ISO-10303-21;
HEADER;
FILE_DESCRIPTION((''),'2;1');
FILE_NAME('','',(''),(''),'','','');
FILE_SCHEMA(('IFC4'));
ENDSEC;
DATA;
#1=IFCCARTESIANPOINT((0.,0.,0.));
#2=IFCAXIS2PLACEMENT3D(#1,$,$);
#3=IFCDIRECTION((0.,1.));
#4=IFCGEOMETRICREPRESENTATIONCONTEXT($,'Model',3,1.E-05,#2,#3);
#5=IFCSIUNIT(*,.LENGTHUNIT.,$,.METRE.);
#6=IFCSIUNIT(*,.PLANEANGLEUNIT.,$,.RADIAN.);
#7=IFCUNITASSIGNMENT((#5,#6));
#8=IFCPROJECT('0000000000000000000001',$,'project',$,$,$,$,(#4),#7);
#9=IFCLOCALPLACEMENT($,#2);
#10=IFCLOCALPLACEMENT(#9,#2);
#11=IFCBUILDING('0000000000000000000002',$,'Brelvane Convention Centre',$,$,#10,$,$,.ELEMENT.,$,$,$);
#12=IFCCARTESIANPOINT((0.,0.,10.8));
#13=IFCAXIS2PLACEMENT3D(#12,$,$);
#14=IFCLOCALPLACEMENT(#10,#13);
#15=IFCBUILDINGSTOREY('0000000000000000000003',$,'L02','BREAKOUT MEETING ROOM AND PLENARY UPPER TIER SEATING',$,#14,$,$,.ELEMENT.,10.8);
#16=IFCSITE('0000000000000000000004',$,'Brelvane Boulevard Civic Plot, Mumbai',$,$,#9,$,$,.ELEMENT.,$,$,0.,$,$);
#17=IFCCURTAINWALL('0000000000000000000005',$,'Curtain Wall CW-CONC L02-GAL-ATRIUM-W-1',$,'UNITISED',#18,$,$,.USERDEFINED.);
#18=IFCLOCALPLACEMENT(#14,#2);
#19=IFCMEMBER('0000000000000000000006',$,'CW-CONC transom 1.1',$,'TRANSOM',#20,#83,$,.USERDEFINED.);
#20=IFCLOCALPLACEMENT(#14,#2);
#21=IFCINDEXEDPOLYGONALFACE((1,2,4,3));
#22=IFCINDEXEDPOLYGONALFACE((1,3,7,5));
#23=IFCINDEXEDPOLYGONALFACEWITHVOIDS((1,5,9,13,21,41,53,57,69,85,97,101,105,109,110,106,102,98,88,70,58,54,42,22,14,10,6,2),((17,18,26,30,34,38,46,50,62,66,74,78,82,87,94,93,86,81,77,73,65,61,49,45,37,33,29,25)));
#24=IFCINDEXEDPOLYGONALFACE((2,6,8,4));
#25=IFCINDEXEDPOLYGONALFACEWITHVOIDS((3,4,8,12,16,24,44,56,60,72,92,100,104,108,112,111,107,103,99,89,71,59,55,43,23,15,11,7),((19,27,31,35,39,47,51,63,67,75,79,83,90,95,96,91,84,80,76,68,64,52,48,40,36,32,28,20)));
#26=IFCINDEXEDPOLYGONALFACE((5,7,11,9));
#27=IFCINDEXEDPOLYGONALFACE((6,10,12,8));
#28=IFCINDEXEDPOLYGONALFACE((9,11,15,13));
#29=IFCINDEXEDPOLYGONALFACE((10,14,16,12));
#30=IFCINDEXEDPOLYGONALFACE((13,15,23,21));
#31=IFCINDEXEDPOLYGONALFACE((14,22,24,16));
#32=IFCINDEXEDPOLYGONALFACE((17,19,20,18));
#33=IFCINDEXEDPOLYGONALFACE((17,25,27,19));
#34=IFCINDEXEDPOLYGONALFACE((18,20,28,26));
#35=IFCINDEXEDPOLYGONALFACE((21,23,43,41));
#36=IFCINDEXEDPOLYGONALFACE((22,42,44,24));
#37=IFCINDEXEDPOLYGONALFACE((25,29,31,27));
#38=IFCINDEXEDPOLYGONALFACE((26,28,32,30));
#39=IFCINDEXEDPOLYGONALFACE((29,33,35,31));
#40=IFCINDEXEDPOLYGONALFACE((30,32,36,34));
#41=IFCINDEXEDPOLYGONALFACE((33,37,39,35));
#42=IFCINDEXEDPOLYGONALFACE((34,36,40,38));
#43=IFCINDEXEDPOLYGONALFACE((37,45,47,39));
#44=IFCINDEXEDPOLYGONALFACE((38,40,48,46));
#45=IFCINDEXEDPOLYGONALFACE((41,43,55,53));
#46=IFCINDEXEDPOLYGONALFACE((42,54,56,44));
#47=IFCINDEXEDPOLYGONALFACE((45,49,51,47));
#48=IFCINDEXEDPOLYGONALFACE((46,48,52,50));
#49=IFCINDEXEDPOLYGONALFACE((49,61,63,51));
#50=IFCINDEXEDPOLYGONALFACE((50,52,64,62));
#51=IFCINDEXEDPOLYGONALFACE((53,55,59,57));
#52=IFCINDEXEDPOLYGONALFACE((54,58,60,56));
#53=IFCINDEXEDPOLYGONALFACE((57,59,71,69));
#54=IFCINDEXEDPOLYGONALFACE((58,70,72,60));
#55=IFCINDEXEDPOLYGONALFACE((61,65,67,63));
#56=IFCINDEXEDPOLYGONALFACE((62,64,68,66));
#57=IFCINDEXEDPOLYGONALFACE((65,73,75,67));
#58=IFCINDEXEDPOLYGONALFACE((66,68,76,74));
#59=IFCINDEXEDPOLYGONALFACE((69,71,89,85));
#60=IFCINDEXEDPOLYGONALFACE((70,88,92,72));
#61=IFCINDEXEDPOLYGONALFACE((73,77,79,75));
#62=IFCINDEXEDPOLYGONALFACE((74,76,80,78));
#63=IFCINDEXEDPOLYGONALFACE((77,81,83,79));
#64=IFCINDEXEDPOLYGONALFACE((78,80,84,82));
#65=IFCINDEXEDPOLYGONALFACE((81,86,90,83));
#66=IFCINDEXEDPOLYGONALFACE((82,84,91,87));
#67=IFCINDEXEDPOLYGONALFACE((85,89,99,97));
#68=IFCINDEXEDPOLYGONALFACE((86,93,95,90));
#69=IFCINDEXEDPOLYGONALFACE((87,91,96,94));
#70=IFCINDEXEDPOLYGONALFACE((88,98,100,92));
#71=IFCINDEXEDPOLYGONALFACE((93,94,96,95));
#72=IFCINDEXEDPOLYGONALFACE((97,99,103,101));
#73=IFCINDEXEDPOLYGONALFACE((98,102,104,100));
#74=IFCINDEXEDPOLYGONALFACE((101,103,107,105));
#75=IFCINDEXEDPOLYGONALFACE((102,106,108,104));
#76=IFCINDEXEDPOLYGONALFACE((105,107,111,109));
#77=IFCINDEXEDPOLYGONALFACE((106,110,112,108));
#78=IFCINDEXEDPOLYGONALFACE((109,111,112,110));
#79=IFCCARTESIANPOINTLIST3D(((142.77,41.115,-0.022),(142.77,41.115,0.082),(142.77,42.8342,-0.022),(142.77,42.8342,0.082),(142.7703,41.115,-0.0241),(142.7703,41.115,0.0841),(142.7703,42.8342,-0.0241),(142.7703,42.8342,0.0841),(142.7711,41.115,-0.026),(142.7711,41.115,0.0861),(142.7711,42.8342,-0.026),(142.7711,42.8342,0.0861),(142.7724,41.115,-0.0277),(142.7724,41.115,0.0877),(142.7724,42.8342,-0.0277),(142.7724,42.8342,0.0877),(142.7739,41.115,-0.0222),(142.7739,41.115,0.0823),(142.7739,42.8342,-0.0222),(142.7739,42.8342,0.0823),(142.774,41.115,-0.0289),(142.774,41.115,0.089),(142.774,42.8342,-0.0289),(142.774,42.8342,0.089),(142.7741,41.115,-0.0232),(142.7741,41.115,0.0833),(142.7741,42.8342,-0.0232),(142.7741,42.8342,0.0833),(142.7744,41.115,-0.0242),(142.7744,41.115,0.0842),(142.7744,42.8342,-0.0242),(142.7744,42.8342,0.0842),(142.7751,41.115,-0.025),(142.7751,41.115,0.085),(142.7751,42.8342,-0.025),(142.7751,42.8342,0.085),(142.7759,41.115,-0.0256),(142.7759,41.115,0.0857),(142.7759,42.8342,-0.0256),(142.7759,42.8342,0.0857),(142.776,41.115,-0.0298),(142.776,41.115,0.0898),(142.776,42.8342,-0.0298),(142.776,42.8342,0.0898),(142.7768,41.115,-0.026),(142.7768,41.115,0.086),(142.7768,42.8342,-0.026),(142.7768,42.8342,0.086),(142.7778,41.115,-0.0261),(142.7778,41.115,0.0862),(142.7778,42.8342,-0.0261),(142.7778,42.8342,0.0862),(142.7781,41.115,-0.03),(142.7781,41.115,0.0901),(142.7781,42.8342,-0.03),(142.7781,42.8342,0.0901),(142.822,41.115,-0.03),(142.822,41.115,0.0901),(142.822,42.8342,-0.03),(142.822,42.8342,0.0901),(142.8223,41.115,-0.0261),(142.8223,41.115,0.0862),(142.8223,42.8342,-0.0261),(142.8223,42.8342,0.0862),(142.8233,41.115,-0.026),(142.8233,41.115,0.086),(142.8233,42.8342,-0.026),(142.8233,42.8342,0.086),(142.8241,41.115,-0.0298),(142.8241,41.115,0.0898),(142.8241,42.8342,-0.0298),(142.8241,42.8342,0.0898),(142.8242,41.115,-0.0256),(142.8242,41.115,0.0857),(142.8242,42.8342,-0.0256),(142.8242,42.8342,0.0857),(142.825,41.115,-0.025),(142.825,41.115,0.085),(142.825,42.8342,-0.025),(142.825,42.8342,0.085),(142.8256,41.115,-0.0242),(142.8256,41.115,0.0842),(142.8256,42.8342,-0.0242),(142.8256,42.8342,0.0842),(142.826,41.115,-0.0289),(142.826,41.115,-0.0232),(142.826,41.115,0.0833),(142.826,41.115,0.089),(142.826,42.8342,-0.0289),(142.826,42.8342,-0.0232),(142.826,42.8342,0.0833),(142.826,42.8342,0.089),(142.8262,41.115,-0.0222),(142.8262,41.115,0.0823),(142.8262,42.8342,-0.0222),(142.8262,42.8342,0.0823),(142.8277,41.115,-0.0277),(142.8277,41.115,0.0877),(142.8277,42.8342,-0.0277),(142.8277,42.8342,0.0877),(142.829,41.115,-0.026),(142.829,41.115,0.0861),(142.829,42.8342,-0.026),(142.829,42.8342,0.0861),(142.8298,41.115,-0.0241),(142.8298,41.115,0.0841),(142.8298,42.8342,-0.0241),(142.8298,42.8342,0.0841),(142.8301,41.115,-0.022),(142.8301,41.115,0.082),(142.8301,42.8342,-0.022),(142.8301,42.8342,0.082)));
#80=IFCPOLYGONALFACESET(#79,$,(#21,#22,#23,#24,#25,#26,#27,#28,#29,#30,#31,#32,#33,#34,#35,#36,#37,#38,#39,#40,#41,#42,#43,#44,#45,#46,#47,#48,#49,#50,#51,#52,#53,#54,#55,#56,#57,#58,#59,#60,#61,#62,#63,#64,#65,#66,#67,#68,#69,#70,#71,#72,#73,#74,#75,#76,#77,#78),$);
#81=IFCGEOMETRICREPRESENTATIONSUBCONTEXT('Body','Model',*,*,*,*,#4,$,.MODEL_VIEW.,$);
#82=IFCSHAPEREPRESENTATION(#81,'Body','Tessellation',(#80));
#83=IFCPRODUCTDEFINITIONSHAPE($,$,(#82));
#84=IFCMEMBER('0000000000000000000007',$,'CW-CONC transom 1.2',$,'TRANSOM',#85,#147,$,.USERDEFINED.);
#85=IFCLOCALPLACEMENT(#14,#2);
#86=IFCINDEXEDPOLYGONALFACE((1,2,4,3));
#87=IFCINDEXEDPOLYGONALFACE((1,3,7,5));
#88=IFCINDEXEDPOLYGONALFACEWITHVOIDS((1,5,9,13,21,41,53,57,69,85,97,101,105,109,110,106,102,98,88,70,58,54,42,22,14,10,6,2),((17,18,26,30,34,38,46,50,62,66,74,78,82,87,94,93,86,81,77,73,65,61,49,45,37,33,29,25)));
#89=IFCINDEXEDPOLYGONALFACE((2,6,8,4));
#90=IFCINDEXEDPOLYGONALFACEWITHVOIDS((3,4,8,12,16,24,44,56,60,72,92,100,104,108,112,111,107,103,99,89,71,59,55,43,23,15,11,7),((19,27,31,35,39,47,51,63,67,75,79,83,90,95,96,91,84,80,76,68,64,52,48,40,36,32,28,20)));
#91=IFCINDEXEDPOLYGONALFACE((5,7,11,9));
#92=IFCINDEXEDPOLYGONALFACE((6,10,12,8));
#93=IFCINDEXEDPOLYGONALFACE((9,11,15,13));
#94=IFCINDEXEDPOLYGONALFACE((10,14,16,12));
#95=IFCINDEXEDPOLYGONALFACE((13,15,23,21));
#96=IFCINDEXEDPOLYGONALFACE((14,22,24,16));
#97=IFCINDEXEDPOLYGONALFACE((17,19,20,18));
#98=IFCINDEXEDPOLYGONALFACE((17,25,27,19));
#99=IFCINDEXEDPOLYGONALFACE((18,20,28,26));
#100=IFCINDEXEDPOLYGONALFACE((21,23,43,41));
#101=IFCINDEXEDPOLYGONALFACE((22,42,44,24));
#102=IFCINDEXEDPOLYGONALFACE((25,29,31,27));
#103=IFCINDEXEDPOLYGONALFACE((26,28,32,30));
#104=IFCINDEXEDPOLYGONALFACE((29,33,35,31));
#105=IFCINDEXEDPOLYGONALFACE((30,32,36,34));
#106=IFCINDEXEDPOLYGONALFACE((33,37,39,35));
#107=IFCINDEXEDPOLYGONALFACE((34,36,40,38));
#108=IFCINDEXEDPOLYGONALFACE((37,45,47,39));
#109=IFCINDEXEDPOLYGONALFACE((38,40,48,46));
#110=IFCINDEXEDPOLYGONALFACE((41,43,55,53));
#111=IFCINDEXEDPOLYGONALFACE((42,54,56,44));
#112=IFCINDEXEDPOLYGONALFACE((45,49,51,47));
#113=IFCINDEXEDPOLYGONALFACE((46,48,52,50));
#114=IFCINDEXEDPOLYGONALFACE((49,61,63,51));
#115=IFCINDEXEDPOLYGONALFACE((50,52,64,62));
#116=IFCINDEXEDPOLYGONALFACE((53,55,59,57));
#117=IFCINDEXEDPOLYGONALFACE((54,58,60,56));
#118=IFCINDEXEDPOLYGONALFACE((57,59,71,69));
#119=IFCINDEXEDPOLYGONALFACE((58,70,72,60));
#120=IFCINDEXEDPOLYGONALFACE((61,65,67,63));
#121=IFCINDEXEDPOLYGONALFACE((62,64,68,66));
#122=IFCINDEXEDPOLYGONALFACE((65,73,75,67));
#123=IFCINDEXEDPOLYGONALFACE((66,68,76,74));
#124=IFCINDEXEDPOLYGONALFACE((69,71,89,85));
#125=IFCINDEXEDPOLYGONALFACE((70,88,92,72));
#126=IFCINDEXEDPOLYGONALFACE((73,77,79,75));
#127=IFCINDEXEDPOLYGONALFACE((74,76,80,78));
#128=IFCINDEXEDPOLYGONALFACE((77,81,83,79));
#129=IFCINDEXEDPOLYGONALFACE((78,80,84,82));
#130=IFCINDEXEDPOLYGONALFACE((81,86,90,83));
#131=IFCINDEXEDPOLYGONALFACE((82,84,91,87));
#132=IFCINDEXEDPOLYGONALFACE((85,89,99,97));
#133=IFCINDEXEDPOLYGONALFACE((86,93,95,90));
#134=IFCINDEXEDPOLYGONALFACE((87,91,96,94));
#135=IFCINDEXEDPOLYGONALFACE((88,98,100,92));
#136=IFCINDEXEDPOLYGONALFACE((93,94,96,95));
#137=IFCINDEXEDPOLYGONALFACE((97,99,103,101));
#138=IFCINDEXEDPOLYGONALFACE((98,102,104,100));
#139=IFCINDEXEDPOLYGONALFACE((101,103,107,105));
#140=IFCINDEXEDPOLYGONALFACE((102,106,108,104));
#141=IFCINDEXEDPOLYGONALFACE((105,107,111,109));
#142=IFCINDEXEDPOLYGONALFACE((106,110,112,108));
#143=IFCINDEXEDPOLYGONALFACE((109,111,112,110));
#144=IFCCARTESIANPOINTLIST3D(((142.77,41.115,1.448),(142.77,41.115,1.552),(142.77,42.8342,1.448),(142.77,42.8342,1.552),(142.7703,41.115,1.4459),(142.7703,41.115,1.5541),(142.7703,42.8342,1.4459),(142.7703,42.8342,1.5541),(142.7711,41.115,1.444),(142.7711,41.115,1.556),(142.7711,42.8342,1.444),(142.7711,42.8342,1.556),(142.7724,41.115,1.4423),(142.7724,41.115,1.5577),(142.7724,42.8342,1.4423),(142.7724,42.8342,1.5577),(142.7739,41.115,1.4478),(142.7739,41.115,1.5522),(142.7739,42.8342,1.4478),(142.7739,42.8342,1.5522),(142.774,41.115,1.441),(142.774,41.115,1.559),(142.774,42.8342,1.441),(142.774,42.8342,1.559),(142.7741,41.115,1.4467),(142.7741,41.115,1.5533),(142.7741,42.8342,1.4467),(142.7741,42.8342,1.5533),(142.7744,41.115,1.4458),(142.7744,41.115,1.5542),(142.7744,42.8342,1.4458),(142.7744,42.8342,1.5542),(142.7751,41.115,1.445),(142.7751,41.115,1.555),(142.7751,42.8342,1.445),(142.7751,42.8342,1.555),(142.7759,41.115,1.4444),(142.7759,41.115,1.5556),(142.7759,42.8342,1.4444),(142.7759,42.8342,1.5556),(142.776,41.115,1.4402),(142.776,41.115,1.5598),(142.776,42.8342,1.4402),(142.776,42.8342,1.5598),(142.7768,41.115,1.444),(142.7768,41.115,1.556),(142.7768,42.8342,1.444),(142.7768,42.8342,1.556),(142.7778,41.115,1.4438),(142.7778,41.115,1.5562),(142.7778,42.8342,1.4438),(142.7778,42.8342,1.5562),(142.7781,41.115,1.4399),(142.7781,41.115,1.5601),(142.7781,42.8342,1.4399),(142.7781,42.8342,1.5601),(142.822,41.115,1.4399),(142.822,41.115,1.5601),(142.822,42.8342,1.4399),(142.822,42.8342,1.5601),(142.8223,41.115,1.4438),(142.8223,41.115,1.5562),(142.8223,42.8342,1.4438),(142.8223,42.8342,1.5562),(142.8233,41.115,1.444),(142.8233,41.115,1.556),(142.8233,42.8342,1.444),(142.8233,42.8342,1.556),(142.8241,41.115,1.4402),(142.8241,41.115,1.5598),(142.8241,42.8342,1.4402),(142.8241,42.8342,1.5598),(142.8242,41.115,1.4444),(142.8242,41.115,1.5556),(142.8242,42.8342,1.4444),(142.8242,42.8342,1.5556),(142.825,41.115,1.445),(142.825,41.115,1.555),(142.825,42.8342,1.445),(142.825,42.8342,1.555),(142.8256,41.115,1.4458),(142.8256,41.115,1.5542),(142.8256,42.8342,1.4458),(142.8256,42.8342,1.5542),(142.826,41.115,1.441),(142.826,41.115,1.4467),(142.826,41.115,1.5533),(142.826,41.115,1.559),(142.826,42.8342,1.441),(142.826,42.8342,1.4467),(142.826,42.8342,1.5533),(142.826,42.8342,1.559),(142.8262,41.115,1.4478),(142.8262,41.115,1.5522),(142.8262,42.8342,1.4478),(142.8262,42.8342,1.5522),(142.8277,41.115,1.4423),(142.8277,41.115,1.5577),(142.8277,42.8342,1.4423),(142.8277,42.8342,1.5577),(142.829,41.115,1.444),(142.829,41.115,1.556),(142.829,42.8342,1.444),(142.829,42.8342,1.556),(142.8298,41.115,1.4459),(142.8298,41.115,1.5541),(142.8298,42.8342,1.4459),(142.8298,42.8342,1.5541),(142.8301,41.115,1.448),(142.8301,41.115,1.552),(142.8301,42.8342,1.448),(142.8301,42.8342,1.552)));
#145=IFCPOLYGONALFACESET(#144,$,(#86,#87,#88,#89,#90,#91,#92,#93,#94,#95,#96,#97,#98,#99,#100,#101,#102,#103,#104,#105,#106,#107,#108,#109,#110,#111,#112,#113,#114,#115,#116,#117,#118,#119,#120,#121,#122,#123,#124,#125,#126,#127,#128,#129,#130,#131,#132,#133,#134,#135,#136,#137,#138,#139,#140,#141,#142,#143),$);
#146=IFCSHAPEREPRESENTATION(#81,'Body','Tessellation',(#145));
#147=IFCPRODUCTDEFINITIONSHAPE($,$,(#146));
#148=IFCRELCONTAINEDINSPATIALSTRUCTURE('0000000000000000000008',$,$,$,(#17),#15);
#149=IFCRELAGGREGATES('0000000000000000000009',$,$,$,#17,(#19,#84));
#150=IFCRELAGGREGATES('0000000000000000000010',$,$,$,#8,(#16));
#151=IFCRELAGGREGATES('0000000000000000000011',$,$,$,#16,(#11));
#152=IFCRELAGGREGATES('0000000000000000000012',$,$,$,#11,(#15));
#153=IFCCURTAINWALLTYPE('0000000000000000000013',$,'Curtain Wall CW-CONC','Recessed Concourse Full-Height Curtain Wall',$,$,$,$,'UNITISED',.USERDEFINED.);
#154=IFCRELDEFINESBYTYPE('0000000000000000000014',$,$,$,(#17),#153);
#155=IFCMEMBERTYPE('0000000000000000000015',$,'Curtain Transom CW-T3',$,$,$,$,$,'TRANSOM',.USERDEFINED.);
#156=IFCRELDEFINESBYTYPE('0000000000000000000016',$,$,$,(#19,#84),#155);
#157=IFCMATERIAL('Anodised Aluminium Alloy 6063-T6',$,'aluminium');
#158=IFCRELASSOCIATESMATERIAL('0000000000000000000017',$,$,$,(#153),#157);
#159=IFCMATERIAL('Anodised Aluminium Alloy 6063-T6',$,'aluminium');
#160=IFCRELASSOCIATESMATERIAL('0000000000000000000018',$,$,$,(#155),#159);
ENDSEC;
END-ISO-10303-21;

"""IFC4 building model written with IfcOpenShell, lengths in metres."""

from ifc_helpers import new_model, si_unit, direction, frame, origin, origin_2d, place, context, subcontext, project, spatial, hollow_rectangle, extrude, material, material_profile, profile_set, type_object, element, aggregate, save


model = new_model("IFC4")

# Units and contexts
model_context = context("Model", 3, precision=1e-05, world=origin(), true_north=direction((0.0, 1.0)))
body_context = subcontext(model_context, "Body", "Model", "MODEL_VIEW")
ifc_project = project(units=[si_unit("LENGTHUNIT", "METRE"), si_unit("PLANEANGLEUNIT", "RADIAN")], contexts=[model_context])

# Site, building, storey
site_placement = place(None, origin())
site = spatial("IfcSite", under=ifc_project, at=site_placement, Name="Brelvane Boulevard Civic Plot, Mumbai", CompositionType="ELEMENT", RefElevation=0.0)
building_placement = place(site_placement, origin())
building = spatial("IfcBuilding", under=site, at=building_placement, Name="Brelvane Convention Centre", CompositionType="ELEMENT")
storey_placement = place(building_placement, frame((0.0, 0.0, 10.8)))
storey = spatial("IfcBuildingStorey", under=building, at=storey_placement, Name="L02", Description="BREAKOUT MEETING ROOM AND PLENARY UPPER TIER SEATING", CompositionType="ELEMENT", Elevation=10.8)

# Curtain wall, members
ifc_material_1 = material(Name="Anodised Aluminium Alloy 6063-T6", Category="aluminium")
curtain_wall_type_1 = type_object("IfcCurtainWallType", Name="Curtain Wall CW-CONC", Description="Recessed Concourse Full-Height Curtain Wall", ElementType="UNITISED", PredefinedType="USERDEFINED", material=ifc_material_1)
curtain_wall_1_placement = place(storey_placement, origin())
curtain_wall_1 = element("IfcCurtainWall", 1, at=curtain_wall_1_placement, inside=storey, type_object=curtain_wall_type_1, Name="Curtain Wall CW-CONC L02-GAL-ATRIUM-W-1", ObjectType="UNITISED", PredefinedType="USERDEFINED")
ifc_material_2 = material(Name="Anodised Aluminium Alloy 6063-T6", Category="aluminium")
ifc_material_profile_1 = material_profile(ifc_material_2, hollow_rectangle(XDim=0.0601, YDim=0.1201, WallThickness=0.0039, InnerFilletRadius=0.0039, OuterFilletRadius=0.0081, at=origin_2d()), Name="ALU-T 120x60x4.0")
ifc_profile_set_1 = profile_set([ifc_material_profile_1], Name="Anodised Aluminium Alloy 6063-T6")
member_type_1 = type_object("IfcMemberType", Name="Curtain Transom CW-T3", ElementType="TRANSOM", PredefinedType="USERDEFINED", material=ifc_profile_set_1)
member_1_placement = place(storey_placement, frame((142.8, 41.115, 0.03), z_axis=(0.0, 1.0, 0.0), x_axis=(-1.0, 0.0, 0.0)))
member_1 = element("IfcMember", 2, at=member_1_placement, type_object=member_type_1, Name="CW-CONC transom 1.1", ObjectType="TRANSOM", PredefinedType="USERDEFINED", context=body_context, shape_type="SweptSolid", body=[
    extrude(hollow_rectangle(XDim=0.0601, YDim=0.1201, WallThickness=0.0039, InnerFilletRadius=0.0039, OuterFilletRadius=0.0081, at=origin_2d()), origin(), (0.0, 0.0, 1.0), 1.7192),
])
member_2_placement = place(storey_placement, frame((142.8, 41.115, 1.5), z_axis=(0.0, 1.0, 0.0), x_axis=(-1.0, 0.0, 0.0)))
member_2 = element("IfcMember", 3, at=member_2_placement, type_object=member_type_1, Name="CW-CONC transom 1.2", ObjectType="TRANSOM", PredefinedType="USERDEFINED", context=body_context, shape_type="SweptSolid", body=[
    extrude(hollow_rectangle(XDim=0.0601, YDim=0.1201, WallThickness=0.0039, InnerFilletRadius=0.0039, OuterFilletRadius=0.0081, at=origin_2d()), origin(), (0.0, 0.0, 1.0), 1.7192),
])

aggregate(curtain_wall_1, [member_1, member_2])

save(model, "model.ifc")
